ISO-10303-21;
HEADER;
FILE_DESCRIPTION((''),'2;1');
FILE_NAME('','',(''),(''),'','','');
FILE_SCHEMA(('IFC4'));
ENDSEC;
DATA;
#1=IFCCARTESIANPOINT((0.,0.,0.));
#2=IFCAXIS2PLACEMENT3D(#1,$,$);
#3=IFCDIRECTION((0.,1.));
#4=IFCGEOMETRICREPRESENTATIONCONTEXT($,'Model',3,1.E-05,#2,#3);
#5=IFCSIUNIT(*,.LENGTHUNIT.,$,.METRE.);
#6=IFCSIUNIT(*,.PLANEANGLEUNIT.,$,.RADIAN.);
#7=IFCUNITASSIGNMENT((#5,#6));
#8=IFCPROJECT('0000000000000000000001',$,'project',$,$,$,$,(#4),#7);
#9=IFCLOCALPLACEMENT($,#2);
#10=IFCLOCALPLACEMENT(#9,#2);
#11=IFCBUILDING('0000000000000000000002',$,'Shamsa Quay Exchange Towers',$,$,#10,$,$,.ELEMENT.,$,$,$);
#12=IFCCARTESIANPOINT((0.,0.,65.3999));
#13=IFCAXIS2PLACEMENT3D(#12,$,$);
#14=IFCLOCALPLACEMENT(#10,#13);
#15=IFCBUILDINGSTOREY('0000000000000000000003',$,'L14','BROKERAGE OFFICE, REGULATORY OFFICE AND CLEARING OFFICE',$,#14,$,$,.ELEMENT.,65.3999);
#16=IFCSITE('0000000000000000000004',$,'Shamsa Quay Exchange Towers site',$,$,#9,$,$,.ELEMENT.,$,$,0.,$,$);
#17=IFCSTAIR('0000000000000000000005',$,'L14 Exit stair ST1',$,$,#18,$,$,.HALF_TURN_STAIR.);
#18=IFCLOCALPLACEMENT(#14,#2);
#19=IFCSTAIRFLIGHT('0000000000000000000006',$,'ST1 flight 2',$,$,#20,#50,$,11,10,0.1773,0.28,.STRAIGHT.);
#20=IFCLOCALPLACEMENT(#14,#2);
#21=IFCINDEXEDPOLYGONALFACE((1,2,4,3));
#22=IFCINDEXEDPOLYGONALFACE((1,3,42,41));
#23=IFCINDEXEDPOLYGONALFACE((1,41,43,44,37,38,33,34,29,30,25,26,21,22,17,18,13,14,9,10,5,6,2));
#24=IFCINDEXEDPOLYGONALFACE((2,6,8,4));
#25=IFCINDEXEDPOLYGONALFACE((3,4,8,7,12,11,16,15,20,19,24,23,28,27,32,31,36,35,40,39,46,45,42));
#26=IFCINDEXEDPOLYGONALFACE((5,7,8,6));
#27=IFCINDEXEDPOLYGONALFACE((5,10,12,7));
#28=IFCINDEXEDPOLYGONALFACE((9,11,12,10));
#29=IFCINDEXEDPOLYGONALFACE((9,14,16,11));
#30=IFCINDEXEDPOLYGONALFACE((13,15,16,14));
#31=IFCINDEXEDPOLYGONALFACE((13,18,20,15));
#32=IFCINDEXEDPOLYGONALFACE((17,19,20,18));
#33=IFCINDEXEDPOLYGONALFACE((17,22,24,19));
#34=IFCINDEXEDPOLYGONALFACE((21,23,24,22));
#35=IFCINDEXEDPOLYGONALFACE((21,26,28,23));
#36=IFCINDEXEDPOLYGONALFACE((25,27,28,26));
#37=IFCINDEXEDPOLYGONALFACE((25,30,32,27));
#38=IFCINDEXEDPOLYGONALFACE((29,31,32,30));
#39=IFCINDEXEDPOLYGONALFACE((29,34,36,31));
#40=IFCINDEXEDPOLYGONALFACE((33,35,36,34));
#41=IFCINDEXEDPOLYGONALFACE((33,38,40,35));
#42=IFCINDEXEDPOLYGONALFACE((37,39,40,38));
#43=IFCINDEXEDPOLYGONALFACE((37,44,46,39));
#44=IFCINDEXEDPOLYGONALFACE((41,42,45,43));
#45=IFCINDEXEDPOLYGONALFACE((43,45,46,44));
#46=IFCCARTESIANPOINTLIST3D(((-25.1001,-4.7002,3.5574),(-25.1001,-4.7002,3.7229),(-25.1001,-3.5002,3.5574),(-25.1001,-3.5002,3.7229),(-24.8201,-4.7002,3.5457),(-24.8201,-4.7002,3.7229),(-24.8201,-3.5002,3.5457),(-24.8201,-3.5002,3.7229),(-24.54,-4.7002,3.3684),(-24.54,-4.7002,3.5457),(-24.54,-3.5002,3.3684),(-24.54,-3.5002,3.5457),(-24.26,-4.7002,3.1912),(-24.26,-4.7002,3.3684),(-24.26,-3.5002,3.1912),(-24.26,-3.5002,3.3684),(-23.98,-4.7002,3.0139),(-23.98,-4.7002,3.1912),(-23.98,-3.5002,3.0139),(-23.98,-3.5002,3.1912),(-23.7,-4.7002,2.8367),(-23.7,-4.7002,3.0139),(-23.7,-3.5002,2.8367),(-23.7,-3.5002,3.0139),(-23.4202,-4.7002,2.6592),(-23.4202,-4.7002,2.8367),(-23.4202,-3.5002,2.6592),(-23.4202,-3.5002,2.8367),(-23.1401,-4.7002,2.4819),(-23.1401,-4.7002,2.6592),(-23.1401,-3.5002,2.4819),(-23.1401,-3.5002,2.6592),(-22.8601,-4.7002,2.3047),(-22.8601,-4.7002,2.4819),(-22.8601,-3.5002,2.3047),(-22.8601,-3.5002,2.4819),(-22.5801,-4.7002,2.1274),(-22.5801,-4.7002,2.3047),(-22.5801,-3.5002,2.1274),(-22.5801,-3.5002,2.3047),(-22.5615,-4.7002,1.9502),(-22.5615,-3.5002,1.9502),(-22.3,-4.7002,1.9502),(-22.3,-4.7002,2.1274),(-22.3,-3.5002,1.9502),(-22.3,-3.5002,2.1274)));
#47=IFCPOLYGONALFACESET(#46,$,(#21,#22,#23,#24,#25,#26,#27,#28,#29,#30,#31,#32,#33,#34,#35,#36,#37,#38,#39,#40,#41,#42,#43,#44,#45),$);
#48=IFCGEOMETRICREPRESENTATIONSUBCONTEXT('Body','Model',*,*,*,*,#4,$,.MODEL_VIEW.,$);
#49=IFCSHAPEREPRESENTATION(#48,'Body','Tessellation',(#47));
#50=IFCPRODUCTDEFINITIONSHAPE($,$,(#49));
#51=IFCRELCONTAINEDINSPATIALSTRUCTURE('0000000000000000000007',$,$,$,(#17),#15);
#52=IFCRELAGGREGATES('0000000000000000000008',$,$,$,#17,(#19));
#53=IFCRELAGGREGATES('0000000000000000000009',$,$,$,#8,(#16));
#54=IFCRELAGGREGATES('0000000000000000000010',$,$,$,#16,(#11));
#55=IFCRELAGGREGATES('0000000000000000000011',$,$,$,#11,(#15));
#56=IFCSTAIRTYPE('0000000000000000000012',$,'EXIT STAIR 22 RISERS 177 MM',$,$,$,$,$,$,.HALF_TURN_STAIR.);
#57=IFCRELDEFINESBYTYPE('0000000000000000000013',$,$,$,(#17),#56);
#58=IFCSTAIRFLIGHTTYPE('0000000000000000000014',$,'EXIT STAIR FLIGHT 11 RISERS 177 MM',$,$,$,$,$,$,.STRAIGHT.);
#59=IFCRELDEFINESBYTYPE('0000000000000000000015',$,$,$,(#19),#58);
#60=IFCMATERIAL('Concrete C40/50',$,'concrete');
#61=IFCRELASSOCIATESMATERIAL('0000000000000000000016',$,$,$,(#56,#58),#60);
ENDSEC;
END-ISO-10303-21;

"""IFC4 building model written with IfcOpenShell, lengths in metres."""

from ifc_helpers import new_model, si_unit, direction, frame, origin, place, context, subcontext, project, spatial, polyline, outline, extrude, material, type_object, element, aggregate, save


model = new_model("IFC4")

# Units and contexts
model_context = context("Model", 3, precision=1e-05, world=origin(), true_north=direction((0.0, 1.0)))
body_context = subcontext(model_context, "Body", "Model", "MODEL_VIEW")
ifc_project = project(units=[si_unit("LENGTHUNIT", "METRE"), si_unit("PLANEANGLEUNIT", "RADIAN")], contexts=[model_context])

# Site, building, storey
site_placement = place(None, origin())
site = spatial("IfcSite", under=ifc_project, at=site_placement, Name="Shamsa Quay Exchange Towers site", CompositionType="ELEMENT", RefElevation=0.0)
building_placement = place(site_placement, origin())
building = spatial("IfcBuilding", under=site, at=building_placement, Name="Shamsa Quay Exchange Towers", CompositionType="ELEMENT")
storey_placement = place(building_placement, frame((0.0, 0.0, 65.3999)))
storey = spatial("IfcBuildingStorey", under=building, at=storey_placement, Name="L14", Description="BROKERAGE OFFICE, REGULATORY OFFICE AND CLEARING OFFICE", CompositionType="ELEMENT", Elevation=65.3999)

# Shared definitions
ifc_material_1 = material(Name="Concrete C40/50", Category="concrete")

# Stair, stair flight
stair_type = type_object("IfcStairType", Name="EXIT STAIR 22 RISERS 177 MM", PredefinedType="HALF_TURN_STAIR", material=ifc_material_1)
stair_placement = place(storey_placement, origin())
stair = element("IfcStair", 1, at=stair_placement, inside=storey, type_object=stair_type, Name="L14 Exit stair ST1", PredefinedType="HALF_TURN_STAIR")
stair_flight_type = type_object("IfcStairFlightType", Name="EXIT STAIR FLIGHT 11 RISERS 177 MM", PredefinedType="STRAIGHT", material=ifc_material_1)
stair_flight_placement = place(storey_placement, frame((-22.3, -4.1001, 1.9502), z_axis=(0.0, 0.0, 1.0), x_axis=(-1.0, 0.0, 0.0)))
stair_flight = element("IfcStairFlight", 2, at=stair_flight_placement, type_object=stair_flight_type, Name="ST1 flight 2", NumberOfRisers=11, NumberOfTreads=10, PredefinedType="STRAIGHT", RiserHeight=0.1773, TreadLength=0.28, context=body_context, shape_type="SweptSolid", body=[
    extrude(outline(polyline([(0.0, 0.0), (0.0, 0.1772), (0.28, 0.1772), (0.28, 0.3545), (0.5601, 0.3545), (0.5601, 0.5317), (0.8401, 0.5317), (0.8401, 0.709), (1.1201, 0.709), (1.1201, 0.8865), (1.3999, 0.8865), (1.3999, 1.0637), (1.6799, 1.0637), (1.6799, 1.241), (1.96, 1.241), (1.96, 1.4182), (2.24, 1.4182), (2.24, 1.5955), (2.52, 1.5955), (2.52, 1.7727), (2.8, 1.7727), (2.8, 1.95), (2.8, 1.6072), (0.2615, 0.0), (0.0, 0.0)])), frame((0.0, 0.6001, 0.0), z_axis=(0.0, -1.0, 0.0), x_axis=(1.0, 0.0, 0.0)), (0.0, 0.0, 1.0), 1.2),
])
aggregate(stair, [stair_flight])

save(model, "model.ifc")
